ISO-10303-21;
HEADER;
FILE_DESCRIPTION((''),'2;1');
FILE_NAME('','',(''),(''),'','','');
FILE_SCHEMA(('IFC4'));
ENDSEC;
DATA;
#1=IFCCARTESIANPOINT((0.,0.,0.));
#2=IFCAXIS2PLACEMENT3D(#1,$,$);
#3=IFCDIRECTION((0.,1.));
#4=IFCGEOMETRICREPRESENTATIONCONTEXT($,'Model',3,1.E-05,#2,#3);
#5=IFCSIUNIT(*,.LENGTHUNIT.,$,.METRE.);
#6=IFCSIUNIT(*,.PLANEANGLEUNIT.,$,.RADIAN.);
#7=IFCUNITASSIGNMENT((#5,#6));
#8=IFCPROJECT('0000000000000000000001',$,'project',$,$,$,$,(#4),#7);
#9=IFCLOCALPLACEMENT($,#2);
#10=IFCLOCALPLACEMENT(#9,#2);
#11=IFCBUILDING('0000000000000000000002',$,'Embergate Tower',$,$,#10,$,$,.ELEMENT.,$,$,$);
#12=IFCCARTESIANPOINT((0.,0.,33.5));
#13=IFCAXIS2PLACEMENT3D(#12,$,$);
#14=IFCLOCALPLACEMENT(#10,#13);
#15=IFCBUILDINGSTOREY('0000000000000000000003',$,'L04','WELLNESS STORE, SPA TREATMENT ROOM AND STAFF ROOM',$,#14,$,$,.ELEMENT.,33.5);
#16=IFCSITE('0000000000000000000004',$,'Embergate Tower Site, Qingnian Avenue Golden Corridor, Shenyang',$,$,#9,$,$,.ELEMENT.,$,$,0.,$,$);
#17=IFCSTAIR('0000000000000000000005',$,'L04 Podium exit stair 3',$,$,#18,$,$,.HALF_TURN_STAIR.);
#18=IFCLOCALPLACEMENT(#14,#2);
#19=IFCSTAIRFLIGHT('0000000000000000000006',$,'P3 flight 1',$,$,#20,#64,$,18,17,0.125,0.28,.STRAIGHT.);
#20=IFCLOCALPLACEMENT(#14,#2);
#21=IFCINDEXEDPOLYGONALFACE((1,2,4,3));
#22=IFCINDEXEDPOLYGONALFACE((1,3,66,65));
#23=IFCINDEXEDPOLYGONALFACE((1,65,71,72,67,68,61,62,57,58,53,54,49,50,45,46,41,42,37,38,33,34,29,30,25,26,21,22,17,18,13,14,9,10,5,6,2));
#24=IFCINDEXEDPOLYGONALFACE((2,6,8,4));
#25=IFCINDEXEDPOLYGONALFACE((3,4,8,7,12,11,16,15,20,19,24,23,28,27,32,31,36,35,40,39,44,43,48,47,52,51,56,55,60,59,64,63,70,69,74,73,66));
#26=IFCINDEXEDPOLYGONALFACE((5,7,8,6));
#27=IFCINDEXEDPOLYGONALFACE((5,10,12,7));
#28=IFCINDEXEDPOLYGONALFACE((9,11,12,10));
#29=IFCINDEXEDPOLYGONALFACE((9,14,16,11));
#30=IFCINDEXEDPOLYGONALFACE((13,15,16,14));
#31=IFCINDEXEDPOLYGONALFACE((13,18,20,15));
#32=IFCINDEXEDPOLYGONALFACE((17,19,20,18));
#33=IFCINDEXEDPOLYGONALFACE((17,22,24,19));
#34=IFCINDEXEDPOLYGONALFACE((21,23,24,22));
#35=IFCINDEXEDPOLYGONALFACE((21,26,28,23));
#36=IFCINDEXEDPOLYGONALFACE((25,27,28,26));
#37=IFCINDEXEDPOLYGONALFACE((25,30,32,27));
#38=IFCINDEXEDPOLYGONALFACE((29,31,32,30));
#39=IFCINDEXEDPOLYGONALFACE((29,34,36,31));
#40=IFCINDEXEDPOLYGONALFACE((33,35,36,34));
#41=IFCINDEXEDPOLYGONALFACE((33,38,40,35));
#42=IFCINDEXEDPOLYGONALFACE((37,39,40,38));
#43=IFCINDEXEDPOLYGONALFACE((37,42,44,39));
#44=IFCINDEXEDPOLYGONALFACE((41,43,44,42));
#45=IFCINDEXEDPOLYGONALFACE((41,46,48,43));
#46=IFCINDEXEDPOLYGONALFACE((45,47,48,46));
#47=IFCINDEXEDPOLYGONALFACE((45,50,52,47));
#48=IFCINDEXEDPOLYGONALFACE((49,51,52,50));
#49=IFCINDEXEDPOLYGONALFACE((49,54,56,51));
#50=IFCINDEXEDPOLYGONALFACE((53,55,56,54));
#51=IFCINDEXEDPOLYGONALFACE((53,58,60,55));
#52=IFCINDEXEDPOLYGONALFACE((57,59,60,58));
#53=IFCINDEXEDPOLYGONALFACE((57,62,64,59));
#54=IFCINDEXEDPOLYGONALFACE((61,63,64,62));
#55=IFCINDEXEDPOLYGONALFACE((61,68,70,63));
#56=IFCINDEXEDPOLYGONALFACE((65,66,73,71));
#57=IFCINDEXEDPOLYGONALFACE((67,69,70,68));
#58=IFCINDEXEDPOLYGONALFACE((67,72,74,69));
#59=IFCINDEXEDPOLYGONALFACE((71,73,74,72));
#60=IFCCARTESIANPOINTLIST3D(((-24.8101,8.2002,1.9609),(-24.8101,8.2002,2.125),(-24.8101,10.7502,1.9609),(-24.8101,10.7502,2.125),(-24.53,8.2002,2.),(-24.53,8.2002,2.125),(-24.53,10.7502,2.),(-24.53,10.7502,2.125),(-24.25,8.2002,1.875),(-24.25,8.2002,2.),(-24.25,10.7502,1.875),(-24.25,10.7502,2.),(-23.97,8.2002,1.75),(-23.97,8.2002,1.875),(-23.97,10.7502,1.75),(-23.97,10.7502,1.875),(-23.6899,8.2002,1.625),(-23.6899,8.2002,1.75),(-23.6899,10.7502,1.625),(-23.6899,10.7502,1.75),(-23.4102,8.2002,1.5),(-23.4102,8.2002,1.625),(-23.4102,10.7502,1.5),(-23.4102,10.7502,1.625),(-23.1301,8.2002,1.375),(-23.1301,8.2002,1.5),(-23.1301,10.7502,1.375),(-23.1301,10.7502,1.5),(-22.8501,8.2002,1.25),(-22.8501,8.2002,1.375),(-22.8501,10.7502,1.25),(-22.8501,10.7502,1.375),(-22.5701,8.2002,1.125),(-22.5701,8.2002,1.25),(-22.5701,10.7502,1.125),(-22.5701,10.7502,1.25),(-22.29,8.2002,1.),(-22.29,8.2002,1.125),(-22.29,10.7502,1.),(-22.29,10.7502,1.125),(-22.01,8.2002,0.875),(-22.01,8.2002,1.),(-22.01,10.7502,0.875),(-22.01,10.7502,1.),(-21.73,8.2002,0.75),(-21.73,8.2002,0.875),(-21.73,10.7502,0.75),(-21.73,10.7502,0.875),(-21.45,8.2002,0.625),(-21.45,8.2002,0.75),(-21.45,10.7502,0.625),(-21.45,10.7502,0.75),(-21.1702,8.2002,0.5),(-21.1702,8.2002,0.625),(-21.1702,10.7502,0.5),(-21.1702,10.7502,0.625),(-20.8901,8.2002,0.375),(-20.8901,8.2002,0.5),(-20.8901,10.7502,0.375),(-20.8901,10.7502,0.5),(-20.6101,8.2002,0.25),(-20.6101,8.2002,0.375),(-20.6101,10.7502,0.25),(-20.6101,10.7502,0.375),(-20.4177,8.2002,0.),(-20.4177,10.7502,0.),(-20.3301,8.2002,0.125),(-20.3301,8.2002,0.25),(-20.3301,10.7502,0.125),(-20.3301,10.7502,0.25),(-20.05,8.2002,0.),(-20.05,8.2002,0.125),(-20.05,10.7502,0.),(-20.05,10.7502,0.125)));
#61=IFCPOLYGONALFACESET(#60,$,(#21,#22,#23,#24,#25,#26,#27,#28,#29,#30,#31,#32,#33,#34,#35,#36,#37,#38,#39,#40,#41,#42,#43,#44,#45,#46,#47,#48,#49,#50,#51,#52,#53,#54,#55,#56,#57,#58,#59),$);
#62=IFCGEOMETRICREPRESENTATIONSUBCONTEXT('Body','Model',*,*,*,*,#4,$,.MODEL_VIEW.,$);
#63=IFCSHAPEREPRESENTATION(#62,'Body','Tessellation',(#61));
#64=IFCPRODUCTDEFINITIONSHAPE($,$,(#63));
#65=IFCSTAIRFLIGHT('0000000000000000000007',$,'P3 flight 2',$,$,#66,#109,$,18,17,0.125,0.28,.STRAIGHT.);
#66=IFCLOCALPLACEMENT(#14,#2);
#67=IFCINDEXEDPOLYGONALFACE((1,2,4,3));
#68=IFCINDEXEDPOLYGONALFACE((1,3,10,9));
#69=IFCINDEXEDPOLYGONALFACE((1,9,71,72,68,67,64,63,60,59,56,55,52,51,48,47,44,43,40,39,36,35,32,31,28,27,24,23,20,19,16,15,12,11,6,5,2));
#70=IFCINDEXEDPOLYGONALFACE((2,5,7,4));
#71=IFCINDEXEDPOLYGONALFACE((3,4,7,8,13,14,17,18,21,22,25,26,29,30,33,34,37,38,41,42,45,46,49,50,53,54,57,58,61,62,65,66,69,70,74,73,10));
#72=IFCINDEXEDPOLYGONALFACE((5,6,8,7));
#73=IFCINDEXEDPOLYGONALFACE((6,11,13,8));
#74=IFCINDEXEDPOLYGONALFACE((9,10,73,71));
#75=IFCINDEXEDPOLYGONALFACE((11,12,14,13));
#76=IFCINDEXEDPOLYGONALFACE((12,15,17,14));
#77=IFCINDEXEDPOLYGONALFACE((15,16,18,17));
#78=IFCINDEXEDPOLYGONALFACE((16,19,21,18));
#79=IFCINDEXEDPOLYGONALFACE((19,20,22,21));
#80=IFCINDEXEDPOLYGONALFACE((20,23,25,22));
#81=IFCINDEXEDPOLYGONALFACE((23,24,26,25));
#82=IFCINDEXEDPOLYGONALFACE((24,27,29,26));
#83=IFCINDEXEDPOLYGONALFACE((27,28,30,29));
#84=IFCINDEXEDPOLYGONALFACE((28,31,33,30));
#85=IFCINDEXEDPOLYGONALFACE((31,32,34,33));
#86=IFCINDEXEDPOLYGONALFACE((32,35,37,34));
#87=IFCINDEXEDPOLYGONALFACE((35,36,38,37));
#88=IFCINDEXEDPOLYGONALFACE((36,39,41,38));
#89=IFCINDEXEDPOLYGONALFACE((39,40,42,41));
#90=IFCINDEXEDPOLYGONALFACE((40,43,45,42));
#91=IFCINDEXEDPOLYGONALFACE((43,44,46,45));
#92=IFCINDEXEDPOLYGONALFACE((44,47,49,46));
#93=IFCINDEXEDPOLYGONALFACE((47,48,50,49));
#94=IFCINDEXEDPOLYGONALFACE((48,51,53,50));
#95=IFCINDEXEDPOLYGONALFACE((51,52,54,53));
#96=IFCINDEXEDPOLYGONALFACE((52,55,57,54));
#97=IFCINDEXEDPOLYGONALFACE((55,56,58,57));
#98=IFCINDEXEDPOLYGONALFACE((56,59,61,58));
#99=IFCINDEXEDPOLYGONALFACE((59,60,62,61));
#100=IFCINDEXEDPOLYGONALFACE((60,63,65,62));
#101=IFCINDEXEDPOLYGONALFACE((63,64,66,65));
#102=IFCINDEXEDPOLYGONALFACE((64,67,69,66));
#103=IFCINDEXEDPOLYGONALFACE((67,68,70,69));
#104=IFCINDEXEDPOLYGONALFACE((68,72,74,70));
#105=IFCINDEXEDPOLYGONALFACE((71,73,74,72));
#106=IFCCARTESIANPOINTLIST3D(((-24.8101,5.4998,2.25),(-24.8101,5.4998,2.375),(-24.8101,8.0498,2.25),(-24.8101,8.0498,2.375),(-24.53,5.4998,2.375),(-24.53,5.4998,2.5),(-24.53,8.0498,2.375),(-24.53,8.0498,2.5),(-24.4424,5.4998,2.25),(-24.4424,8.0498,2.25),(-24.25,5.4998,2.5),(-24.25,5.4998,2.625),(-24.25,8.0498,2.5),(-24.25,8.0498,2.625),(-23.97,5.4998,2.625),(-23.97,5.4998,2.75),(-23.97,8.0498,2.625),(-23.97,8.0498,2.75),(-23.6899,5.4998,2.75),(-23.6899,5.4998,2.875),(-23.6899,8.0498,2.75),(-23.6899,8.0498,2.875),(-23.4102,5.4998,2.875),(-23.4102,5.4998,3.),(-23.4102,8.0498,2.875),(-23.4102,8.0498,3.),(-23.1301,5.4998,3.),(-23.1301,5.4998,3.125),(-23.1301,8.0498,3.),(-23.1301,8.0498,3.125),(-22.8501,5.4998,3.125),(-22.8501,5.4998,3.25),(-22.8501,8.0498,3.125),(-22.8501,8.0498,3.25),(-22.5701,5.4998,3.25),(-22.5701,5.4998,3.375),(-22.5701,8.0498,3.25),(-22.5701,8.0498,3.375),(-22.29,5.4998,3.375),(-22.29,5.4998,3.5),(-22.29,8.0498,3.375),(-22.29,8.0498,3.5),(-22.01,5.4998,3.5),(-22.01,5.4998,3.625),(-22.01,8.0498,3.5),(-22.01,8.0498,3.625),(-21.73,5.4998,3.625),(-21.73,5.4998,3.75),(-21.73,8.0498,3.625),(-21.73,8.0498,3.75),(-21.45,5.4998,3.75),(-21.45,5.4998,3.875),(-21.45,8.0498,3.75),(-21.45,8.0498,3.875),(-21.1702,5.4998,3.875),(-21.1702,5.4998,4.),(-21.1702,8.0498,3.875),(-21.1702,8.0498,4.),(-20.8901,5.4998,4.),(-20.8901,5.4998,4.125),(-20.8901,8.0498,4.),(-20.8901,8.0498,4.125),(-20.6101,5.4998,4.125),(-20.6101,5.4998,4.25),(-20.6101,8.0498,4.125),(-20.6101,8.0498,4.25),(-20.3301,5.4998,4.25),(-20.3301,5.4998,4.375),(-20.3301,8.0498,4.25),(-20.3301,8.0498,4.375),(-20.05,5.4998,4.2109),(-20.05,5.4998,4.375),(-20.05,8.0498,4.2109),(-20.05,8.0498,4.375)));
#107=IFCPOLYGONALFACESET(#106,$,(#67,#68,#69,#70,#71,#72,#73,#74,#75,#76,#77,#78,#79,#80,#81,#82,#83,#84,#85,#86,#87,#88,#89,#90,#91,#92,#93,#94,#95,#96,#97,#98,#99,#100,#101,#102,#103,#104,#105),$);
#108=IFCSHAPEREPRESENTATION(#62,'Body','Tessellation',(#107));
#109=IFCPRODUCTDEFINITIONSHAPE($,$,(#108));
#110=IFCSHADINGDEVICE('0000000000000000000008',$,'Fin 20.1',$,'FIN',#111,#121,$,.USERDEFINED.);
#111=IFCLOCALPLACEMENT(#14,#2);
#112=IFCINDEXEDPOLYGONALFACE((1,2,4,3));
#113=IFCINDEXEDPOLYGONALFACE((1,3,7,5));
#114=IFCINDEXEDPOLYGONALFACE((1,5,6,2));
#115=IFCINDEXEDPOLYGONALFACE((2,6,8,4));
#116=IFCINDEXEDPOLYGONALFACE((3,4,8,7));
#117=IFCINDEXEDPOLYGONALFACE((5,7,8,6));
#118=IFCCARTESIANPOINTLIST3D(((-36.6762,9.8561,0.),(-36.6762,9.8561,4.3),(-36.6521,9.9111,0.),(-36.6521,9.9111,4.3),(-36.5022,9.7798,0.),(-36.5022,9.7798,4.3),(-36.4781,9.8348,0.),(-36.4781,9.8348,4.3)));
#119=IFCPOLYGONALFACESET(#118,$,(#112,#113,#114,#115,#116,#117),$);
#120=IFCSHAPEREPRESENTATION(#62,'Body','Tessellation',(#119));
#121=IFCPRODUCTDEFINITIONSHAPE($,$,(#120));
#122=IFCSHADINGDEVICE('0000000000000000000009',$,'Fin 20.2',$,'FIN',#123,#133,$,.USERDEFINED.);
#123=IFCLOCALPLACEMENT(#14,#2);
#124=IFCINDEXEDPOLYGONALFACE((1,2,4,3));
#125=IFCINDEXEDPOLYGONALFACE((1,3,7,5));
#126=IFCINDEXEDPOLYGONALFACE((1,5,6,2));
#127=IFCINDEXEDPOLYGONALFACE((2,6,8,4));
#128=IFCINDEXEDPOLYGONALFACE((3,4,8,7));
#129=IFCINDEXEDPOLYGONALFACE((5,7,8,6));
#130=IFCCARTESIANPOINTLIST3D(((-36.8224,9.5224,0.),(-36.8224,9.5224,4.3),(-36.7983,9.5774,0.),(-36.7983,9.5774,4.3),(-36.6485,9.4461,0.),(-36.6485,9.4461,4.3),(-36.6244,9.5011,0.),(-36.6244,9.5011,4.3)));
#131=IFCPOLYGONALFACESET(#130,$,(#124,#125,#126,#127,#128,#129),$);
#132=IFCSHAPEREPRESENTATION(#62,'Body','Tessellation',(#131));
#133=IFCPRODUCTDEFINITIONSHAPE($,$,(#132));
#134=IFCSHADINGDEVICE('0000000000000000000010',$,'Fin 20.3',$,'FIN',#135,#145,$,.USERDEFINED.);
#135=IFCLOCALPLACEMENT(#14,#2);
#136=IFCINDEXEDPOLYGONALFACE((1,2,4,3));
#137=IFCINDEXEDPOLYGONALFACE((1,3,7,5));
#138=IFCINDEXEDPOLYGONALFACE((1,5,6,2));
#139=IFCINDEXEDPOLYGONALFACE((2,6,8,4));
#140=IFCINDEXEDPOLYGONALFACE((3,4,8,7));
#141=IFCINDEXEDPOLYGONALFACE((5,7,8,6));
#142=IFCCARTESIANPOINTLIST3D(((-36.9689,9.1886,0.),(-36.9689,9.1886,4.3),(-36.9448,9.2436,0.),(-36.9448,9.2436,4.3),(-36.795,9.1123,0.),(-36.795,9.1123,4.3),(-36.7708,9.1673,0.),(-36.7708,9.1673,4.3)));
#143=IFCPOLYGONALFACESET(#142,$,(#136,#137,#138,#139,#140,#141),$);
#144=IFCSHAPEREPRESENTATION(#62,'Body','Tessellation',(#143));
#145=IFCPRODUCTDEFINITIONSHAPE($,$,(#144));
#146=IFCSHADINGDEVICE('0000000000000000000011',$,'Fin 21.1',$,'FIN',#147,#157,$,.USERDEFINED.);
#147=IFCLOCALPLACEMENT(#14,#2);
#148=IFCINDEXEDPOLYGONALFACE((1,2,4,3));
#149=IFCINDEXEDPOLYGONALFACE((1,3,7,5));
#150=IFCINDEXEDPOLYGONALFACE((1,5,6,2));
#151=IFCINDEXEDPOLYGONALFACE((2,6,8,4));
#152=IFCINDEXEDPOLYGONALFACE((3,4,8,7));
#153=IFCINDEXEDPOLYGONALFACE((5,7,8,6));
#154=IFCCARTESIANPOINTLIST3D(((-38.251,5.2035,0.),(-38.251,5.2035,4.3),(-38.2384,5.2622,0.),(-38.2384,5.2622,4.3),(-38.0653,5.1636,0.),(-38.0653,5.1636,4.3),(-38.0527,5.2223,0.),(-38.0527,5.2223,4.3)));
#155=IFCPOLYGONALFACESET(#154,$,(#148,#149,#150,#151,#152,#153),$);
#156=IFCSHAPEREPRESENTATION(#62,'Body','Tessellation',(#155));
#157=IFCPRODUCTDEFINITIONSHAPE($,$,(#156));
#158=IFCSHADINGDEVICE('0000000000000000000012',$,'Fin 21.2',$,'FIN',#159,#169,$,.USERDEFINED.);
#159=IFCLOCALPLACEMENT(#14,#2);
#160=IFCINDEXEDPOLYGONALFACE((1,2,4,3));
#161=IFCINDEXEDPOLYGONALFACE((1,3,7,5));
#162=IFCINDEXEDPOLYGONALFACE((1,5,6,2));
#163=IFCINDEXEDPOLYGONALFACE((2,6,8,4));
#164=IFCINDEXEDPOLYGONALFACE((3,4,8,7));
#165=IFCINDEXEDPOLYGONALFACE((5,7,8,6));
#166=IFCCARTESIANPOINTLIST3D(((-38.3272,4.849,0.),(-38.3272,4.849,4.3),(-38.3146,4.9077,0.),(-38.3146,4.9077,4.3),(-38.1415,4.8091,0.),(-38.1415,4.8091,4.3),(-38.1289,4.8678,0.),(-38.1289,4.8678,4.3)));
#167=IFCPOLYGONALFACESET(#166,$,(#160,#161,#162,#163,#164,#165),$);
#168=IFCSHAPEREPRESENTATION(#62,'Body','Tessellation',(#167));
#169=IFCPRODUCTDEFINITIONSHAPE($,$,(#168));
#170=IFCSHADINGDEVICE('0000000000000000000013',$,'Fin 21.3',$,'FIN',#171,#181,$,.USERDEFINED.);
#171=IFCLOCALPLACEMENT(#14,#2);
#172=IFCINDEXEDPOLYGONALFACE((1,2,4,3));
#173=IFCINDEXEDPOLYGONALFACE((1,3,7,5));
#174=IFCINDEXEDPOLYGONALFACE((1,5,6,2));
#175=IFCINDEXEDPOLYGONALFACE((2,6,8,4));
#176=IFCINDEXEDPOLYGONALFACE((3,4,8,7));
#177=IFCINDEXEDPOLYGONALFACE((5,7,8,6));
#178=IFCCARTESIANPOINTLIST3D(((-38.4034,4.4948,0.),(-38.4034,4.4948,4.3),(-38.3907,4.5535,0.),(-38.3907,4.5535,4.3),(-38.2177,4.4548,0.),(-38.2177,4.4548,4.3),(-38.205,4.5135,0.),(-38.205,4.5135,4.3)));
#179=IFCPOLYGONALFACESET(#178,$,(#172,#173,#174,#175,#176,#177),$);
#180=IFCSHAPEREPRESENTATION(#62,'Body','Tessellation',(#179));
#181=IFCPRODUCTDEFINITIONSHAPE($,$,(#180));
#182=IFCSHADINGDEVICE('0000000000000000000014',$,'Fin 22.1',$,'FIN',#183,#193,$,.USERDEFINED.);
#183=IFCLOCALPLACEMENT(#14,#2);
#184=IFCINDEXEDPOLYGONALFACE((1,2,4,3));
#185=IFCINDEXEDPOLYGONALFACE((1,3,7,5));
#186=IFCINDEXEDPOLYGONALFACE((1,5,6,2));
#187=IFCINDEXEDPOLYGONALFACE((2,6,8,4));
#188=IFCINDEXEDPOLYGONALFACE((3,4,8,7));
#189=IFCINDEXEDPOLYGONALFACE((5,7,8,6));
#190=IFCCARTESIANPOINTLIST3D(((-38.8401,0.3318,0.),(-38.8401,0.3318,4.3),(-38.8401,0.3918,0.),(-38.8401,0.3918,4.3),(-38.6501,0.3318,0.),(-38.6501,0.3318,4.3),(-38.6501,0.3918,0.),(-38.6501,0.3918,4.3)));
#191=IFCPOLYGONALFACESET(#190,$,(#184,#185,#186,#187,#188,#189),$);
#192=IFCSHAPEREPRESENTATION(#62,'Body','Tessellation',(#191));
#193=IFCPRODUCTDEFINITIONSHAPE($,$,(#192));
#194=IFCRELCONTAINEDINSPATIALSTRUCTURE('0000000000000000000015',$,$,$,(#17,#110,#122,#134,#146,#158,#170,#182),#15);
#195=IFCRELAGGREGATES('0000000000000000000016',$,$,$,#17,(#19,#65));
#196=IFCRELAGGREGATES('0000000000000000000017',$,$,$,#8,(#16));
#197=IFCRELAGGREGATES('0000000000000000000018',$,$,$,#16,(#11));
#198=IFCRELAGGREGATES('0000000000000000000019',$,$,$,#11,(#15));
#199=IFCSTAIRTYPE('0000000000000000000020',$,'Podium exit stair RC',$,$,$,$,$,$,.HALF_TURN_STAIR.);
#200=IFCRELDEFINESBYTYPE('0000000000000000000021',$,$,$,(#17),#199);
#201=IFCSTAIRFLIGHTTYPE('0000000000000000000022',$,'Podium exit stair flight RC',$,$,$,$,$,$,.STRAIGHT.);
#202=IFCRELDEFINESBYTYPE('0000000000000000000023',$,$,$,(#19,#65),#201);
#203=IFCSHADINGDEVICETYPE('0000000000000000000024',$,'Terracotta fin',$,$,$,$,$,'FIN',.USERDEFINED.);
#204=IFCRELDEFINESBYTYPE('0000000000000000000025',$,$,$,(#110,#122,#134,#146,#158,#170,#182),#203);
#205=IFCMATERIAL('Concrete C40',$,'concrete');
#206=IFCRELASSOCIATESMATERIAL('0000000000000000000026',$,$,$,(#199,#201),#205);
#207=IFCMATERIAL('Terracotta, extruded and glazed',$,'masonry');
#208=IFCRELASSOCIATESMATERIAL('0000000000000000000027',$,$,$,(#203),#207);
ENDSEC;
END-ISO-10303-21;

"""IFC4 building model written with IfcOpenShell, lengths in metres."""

from ifc_helpers import new_model, si_unit, direction, frame, origin, origin_2d, place, context, subcontext, project, spatial, polyline, rectangle, outline, extrude, source, transform, mapped, material, material_profile, profile_set, type_object, element, aggregate, save


model = new_model("IFC4")

# Units and contexts
model_context = context("Model", 3, precision=1e-05, world=origin(), true_north=direction((0.0, 1.0)))
body_context = subcontext(model_context, "Body", "Model", "MODEL_VIEW")
ifc_project = project(units=[si_unit("LENGTHUNIT", "METRE"), si_unit("PLANEANGLEUNIT", "RADIAN")], contexts=[model_context])

# Site, building, storey
site_placement = place(None, origin())
site = spatial("IfcSite", under=ifc_project, at=site_placement, Name="Embergate Tower Site, Qingnian Avenue Golden Corridor, Shenyang", CompositionType="ELEMENT", RefElevation=0.0)
building_placement = place(site_placement, origin())
building = spatial("IfcBuilding", under=site, at=building_placement, Name="Embergate Tower", CompositionType="ELEMENT")
storey_placement = place(building_placement, frame((0.0, 0.0, 33.5)))
storey = spatial("IfcBuildingStorey", under=building, at=storey_placement, Name="L04", Description="WELLNESS STORE, SPA TREATMENT ROOM AND STAFF ROOM", CompositionType="ELEMENT", Elevation=33.5)

# Stair
ifc_material_1 = material(Name="Concrete C40", Category="concrete")
stair_type = type_object("IfcStairType", Name="Podium exit stair RC", PredefinedType="HALF_TURN_STAIR", material=ifc_material_1)
stair_placement = place(storey_placement, origin())
stair = element("IfcStair", 1, at=stair_placement, inside=storey, type_object=stair_type, Name="L04 Podium exit stair 3", PredefinedType="HALF_TURN_STAIR")

# Stair flights
stair_flight_type = type_object("IfcStairFlightType", Name="Podium exit stair flight RC", PredefinedType="STRAIGHT", material=ifc_material_1)
shared_shape_1 = source(origin(), body_context, "Body", "SweptSolid", [
    extrude(outline(polyline([(0.0, 0.0), (0.0, 0.125), (0.28, 0.125), (0.28, 0.25), (0.5601, 0.25), (0.5601, 0.375), (0.8401, 0.375), (0.8401, 0.5), (1.1201, 0.5), (1.1201, 0.625), (1.3999, 0.625), (1.3999, 0.75), (1.6799, 0.75), (1.6799, 0.875), (1.96, 0.875), (1.96, 1.0), (2.24, 1.0), (2.24, 1.125), (2.52, 1.125), (2.52, 1.25), (2.8, 1.25), (2.8, 1.375), (3.0801, 1.375), (3.0801, 1.5), (3.3601, 1.5), (3.3601, 1.625), (3.6399, 1.625), (3.6399, 1.75), (3.9199, 1.75), (3.9199, 1.875), (4.2, 1.875), (4.2, 2.0), (4.48, 2.0), (4.48, 2.125), (4.76, 2.125), (4.76, 2.25), (4.76, 1.9609), (0.3677, 0.0), (0.0, 0.0)])), frame((0.0, 1.2749, 0.0), z_axis=(0.0, -1.0, 0.0), x_axis=(1.0, 0.0, 0.0)), (0.0, 0.0, 1.0), 2.55),
])
stair_flight_1_placement = place(storey_placement, frame((-20.05, 9.4751, 0.0), z_axis=(0.0, 0.0, 1.0), x_axis=(-1.0, 0.0, 0.0)))
stair_flight_1 = element("IfcStairFlight", 2, at=stair_flight_1_placement, type_object=stair_flight_type, Name="P3 flight 1", NumberOfRisers=18, NumberOfTreads=17, PredefinedType="STRAIGHT", RiserHeight=0.125, TreadLength=0.28, context=body_context, shape_type="MappedRepresentation", body=[
    mapped(shared_shape_1, transform((0.0, 0.0, 0.0))),
])
stair_flight_2_placement = place(storey_placement, frame((-24.8101, 6.7749, 2.25), z_axis=(0.0, 0.0, 1.0), x_axis=(1.0, 0.0, 0.0)))
stair_flight_2 = element("IfcStairFlight", 3, at=stair_flight_2_placement, type_object=stair_flight_type, Name="P3 flight 2", NumberOfRisers=18, NumberOfTreads=17, PredefinedType="STRAIGHT", RiserHeight=0.125, TreadLength=0.28, context=body_context, shape_type="MappedRepresentation", body=[
    mapped(shared_shape_1, transform((0.0, 0.0, 0.0))),
])
aggregate(stair, [stair_flight_1, stair_flight_2])

# Shading devices
ifc_material_2 = material(Name="Terracotta, extruded and glazed", Category="masonry")
ifc_material_profile_1 = material_profile(ifc_material_2, rectangle(XDim=0.1899, YDim=0.0601, at=origin_2d()), Name="TC 190x60")
ifc_profile_set_1 = profile_set([ifc_material_profile_1], Name="Terracotta, extruded and glazed")
shading_device_type = type_object("IfcShadingDeviceType", Name="Terracotta fin", ElementType="FIN", PredefinedType="USERDEFINED", material=ifc_profile_set_1)
shared_shape_2 = source(origin(), body_context, "Body", "SweptSolid", [
    extrude(rectangle(XDim=0.1899, YDim=0.0601, at=origin_2d()), origin(), (0.0, 0.0, 1.0), 4.3),
])
for number, where, z_axis, x_axis, name in (
    (4, (-36.5771, 9.8455, 0.0), (0.0, 0.0, 1.0), (0.915791, -0.401655, 0.0), "Fin 20.1"),
    (5, (-36.7234, 9.5117, 0.0), (0.0, 0.0, 1.0), (0.915791, -0.401655, 0.0), "Fin 20.2"),
    (6, (-36.8699, 9.178, 0.0), (0.0, 0.0, 1.0), (0.915791, -0.401655, 0.0), "Fin 20.3"),
    (7, (-38.1519, 5.2129, 0.0), (0.0, 0.0, 1.0), (0.977615, -0.2104, 0.0), "Fin 21.1"),
    (8, (-38.228, 4.8584, 0.0), (0.0, 0.0, 1.0), (0.977615, -0.2104, 0.0), "Fin 21.2"),
    (9, (-38.3042, 4.5042, 0.0), (0.0, 0.0, 1.0), (0.977615, -0.2104, 0.0), "Fin 21.3"),
    (10, (-38.7451, 0.3618, 0.0), (0.0, 0.0, 1.0), (1.0, 0.0, 0.0), "Fin 22.1"),
):
    element("IfcShadingDevice", number, at=place(storey_placement, frame(where, z_axis=z_axis, x_axis=x_axis)), inside=storey, type_object=shading_device_type, Name=name, ObjectType="FIN", PredefinedType="USERDEFINED", context=body_context, shape_type="MappedRepresentation", body=[
        mapped(shared_shape_2, transform((0.0, 0.0, 0.0))),
    ])

save(model, "model.ifc")
